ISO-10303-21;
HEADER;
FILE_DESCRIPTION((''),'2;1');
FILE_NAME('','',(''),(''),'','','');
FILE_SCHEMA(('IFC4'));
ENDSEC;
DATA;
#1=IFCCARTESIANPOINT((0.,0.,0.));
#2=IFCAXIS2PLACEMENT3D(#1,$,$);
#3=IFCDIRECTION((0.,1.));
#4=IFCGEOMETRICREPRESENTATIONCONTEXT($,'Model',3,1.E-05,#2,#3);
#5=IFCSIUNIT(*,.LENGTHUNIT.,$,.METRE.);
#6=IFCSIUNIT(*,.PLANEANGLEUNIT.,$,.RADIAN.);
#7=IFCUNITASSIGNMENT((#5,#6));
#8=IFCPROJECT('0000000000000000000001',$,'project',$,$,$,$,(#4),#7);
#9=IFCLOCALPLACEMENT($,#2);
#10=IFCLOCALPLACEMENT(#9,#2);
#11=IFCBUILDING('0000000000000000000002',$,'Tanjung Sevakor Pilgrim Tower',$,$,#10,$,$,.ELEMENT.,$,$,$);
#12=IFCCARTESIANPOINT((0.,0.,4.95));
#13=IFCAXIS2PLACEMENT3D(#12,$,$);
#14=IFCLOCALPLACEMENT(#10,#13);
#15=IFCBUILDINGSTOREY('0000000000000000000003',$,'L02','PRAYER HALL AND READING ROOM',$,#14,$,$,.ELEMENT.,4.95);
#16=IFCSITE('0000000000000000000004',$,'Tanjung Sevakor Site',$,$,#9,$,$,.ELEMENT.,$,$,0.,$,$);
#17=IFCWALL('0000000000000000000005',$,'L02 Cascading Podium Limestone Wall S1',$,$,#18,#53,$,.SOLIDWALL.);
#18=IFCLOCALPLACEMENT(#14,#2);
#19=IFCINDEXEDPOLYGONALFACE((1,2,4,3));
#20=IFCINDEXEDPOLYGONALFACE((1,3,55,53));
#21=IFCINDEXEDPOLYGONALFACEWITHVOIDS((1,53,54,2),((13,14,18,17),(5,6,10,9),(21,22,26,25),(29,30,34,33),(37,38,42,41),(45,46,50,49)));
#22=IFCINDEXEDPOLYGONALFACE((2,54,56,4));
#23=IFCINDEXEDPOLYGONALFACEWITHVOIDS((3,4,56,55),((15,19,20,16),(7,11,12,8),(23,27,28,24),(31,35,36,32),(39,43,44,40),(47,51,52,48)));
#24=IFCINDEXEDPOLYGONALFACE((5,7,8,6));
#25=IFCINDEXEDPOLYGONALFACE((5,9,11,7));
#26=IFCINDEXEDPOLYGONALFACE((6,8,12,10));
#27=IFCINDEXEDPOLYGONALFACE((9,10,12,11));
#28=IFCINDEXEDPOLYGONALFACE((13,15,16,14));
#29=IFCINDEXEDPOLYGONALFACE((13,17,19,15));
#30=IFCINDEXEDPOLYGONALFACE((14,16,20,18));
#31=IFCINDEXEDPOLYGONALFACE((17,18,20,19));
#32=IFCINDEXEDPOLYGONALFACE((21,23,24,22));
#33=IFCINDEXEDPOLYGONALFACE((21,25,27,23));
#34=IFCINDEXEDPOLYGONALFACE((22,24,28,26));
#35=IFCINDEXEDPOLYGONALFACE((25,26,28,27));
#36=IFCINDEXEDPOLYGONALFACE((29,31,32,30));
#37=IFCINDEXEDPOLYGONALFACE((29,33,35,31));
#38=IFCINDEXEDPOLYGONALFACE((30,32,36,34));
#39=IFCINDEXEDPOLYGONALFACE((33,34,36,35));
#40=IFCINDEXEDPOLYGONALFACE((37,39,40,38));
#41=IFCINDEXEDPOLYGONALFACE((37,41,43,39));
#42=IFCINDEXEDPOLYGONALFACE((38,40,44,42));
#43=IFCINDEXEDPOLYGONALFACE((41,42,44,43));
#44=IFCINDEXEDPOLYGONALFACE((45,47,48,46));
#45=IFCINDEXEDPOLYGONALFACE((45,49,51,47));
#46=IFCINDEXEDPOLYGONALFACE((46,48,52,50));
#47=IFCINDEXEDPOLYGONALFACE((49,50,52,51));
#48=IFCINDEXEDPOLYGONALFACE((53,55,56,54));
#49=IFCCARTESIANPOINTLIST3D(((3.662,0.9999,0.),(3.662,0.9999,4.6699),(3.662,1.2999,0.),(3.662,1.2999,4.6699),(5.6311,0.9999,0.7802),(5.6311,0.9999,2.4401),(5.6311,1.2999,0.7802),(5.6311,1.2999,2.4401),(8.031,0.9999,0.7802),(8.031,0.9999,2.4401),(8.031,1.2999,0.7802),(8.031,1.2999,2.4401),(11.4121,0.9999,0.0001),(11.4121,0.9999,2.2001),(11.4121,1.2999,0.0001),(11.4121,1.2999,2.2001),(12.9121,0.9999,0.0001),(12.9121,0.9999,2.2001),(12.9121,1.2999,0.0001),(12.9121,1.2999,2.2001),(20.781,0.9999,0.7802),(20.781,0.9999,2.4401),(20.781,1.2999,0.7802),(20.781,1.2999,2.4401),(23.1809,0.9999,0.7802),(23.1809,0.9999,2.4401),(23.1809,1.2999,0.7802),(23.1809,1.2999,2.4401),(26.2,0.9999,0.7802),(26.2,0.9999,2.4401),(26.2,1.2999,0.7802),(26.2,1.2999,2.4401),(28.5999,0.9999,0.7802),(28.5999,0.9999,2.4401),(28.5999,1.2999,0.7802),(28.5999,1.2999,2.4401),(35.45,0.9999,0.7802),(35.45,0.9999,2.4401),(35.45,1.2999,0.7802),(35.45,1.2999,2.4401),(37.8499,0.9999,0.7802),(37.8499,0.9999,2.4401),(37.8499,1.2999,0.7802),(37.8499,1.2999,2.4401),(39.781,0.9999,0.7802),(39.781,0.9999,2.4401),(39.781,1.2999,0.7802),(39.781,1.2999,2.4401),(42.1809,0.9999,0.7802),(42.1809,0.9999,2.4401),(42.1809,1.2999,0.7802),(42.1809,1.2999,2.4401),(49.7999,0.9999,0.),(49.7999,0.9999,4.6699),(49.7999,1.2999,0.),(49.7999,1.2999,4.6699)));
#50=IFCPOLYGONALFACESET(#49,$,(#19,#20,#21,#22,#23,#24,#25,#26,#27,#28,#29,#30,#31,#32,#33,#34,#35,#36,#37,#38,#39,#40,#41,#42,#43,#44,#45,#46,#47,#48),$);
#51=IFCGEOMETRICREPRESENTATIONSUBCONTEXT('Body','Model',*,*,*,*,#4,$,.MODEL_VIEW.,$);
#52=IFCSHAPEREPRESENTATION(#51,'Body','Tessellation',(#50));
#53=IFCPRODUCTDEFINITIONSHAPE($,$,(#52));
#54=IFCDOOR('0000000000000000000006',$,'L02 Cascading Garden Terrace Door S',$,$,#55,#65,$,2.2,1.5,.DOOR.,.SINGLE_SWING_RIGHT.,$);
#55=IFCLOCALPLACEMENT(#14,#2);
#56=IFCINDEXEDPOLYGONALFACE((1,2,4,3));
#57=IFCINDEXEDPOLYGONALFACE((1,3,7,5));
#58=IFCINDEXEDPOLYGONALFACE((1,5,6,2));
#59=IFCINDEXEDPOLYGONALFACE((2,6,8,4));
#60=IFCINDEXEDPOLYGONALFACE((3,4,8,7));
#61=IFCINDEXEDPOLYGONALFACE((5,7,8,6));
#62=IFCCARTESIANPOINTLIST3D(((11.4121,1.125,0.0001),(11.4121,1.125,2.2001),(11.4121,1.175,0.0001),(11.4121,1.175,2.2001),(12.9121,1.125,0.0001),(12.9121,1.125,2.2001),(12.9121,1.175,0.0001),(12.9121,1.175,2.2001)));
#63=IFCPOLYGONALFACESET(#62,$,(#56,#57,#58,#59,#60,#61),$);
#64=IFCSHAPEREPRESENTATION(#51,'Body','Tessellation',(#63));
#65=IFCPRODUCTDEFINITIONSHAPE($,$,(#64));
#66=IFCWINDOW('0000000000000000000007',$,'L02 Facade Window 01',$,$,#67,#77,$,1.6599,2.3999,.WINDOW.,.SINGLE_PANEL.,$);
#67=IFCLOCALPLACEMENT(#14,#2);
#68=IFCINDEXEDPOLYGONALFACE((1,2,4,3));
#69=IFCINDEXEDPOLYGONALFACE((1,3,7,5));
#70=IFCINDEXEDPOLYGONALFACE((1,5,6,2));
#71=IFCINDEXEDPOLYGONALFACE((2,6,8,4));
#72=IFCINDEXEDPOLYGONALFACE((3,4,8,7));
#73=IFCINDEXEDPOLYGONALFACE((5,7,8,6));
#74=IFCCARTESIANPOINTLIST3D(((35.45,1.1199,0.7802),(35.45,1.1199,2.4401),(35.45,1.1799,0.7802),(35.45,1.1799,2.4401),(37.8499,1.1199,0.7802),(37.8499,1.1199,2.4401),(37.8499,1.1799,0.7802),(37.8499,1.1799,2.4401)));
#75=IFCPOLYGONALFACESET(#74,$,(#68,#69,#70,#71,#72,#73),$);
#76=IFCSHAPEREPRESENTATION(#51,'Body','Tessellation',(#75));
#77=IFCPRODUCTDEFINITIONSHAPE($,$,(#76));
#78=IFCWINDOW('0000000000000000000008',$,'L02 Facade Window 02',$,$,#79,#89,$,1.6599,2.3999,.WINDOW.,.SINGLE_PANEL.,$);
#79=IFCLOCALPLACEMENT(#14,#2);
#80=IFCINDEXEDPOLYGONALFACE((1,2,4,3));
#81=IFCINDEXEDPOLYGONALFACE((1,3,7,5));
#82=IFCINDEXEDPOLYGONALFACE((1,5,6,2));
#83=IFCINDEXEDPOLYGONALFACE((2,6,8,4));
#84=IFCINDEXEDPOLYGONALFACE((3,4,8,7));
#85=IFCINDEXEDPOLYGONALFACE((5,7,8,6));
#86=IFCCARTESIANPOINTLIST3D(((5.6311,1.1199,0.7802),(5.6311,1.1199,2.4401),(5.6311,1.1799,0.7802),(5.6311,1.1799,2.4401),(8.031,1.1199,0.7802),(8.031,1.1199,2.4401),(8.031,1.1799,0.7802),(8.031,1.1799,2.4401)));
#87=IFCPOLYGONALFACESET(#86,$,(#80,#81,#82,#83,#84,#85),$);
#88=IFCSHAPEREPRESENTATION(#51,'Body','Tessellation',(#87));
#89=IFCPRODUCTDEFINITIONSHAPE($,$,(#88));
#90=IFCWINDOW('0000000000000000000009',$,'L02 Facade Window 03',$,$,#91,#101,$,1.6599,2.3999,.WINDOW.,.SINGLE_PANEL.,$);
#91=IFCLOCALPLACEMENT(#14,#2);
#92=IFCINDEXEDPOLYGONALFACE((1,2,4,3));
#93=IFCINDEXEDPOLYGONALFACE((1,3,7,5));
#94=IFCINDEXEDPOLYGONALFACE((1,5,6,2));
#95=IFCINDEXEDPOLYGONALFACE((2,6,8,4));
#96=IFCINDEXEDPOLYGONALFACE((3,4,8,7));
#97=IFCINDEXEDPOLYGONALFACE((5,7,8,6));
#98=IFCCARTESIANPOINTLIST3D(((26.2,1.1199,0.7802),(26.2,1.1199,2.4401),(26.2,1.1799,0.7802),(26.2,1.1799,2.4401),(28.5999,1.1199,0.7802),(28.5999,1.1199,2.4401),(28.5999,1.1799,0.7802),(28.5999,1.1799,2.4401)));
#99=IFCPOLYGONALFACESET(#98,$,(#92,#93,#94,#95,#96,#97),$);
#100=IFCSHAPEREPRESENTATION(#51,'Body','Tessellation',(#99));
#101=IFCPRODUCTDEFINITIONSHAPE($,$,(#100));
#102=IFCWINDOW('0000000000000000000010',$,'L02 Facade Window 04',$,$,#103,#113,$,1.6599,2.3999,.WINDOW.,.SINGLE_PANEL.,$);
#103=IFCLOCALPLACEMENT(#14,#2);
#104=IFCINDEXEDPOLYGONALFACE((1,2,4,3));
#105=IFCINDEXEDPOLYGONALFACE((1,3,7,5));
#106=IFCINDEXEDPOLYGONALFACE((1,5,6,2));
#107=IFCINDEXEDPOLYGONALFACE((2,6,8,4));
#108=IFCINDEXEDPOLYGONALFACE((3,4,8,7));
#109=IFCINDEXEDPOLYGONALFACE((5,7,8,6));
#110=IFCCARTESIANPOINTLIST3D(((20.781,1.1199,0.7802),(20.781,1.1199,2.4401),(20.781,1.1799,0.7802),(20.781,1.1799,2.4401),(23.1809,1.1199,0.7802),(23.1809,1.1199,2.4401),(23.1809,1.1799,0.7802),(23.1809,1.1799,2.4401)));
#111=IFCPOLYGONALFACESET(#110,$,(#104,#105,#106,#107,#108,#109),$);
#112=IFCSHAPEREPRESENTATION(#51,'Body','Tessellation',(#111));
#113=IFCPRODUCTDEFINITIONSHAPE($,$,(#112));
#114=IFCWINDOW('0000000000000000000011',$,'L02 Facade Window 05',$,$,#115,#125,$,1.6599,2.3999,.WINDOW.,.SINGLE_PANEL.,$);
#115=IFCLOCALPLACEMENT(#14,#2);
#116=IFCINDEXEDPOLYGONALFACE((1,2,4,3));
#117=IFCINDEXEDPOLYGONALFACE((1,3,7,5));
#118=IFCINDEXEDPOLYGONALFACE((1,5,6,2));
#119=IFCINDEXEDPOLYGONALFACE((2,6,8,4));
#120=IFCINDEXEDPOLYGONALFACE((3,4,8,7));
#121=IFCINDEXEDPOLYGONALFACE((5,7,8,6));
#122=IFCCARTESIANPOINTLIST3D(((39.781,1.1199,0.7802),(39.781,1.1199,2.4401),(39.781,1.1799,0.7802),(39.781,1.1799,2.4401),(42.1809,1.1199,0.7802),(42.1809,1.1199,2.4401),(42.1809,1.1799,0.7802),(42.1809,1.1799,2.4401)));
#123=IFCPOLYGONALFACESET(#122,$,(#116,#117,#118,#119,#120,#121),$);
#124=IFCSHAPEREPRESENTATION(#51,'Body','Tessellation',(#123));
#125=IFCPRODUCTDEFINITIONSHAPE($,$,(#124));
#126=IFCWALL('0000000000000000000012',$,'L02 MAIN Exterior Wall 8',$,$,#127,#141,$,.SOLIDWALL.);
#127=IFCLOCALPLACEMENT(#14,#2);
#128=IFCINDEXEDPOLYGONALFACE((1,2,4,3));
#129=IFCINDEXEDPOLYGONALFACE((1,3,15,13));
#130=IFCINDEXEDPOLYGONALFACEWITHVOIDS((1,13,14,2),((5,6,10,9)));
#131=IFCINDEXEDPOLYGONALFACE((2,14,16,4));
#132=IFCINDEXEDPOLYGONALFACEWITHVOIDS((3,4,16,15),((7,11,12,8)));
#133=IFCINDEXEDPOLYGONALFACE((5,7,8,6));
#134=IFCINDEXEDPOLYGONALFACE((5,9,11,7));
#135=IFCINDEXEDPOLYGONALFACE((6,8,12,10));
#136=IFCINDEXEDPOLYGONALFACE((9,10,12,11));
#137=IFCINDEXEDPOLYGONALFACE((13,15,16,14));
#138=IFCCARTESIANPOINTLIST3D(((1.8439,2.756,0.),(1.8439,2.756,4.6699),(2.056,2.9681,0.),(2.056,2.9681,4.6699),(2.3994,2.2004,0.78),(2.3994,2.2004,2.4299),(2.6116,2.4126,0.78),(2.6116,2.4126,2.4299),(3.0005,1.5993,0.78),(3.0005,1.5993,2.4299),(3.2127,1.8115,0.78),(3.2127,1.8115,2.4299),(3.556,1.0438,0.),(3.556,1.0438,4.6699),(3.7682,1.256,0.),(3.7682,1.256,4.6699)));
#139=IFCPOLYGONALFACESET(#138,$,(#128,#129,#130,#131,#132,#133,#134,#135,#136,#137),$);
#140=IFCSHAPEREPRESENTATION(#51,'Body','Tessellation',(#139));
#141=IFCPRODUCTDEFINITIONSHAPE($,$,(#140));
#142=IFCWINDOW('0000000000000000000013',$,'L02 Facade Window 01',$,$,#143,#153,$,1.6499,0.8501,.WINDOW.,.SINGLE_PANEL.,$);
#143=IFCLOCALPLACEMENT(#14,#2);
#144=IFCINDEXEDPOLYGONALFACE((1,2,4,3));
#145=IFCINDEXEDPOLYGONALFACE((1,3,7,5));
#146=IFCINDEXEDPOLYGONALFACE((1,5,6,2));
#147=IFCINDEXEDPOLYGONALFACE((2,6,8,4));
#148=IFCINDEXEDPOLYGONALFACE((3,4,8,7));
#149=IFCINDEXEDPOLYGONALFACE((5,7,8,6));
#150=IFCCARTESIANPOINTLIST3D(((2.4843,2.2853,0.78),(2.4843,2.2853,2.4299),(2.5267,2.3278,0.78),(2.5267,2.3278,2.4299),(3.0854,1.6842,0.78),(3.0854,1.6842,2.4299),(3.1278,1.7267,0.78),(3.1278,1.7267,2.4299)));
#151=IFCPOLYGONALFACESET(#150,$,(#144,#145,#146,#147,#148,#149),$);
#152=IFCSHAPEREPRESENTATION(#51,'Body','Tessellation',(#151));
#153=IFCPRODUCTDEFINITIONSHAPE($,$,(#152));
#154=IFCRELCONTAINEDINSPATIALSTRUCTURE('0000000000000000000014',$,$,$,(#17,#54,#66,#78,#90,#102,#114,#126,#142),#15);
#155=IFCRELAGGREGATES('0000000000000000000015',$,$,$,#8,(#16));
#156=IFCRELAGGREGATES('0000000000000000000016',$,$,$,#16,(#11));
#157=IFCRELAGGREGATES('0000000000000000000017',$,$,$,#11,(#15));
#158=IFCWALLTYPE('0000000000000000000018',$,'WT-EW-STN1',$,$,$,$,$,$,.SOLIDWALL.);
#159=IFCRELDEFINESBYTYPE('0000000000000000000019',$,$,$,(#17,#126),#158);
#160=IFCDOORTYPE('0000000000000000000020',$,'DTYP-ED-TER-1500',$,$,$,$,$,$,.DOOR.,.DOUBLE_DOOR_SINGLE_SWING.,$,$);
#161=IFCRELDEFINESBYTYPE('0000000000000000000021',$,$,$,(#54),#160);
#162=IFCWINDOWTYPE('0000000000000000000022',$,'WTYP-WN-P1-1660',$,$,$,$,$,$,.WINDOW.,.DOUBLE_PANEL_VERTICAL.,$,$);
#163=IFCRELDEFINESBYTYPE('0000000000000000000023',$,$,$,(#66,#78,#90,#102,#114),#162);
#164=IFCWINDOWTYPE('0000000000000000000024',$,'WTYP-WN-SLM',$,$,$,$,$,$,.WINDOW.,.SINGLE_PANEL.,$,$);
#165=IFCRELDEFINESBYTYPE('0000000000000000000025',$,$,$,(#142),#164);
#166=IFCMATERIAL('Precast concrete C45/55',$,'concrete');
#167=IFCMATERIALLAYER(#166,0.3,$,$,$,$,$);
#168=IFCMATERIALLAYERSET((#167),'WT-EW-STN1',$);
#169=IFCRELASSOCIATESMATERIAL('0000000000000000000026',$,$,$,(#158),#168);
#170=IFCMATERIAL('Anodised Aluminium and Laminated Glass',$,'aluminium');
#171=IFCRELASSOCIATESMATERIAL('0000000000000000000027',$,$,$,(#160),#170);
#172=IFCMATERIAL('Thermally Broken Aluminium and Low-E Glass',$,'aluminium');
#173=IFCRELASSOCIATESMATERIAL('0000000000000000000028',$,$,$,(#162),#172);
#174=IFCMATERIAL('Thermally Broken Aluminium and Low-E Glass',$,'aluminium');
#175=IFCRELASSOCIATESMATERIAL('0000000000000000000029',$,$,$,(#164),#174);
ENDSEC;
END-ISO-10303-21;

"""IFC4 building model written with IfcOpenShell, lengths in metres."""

from ifc_helpers import new_model, si_unit, direction, frame, frame_2d, origin, place, context, subcontext, project, spatial, rectangle, extrude, material, layer, layer_set, type_object, element, fill, save


model = new_model("IFC4")

# Units and contexts
model_context = context("Model", 3, precision=1e-05, world=origin(), true_north=direction((0.0, 1.0)))
body_context = subcontext(model_context, "Body", "Model", "MODEL_VIEW")
ifc_project = project(units=[si_unit("LENGTHUNIT", "METRE"), si_unit("PLANEANGLEUNIT", "RADIAN")], contexts=[model_context])

# Site, building, storey
site_placement = place(None, origin())
site = spatial("IfcSite", under=ifc_project, at=site_placement, Name="Tanjung Sevakor Site", CompositionType="ELEMENT", RefElevation=0.0)
building_placement = place(site_placement, origin())
building = spatial("IfcBuilding", under=site, at=building_placement, Name="Tanjung Sevakor Pilgrim Tower", CompositionType="ELEMENT")
storey_placement = place(building_placement, frame((0.0, 0.0, 4.95)))
storey = spatial("IfcBuildingStorey", under=building, at=storey_placement, Name="L02", Description="PRAYER HALL AND READING ROOM", CompositionType="ELEMENT", Elevation=4.95)

# Wall, openings, door, windows
ifc_material_1 = material(Name="Precast concrete C45/55", Category="concrete")
ifc_layer_1 = layer(ifc_material_1, 0.3)
ifc_layer_set_1 = layer_set([ifc_layer_1], Name="WT-EW-STN1")
wall_type_1 = type_object("IfcWallType", Name="WT-EW-STN1", PredefinedType="SOLIDWALL", material=ifc_layer_set_1)
wall_1_placement = place(storey_placement, frame((3.6621, 1.1499, 0.0), z_axis=(0.0, 0.0, 1.0), x_axis=(1.0, 0.0, 0.0)))
wall_1 = element("IfcWall", 1, at=wall_1_placement, inside=storey, type_object=wall_type_1, Name="L02 Cascading Podium Limestone Wall S1", PredefinedType="SOLIDWALL", context=body_context, shape_type="SweptSolid", body=[
    extrude(rectangle(XDim=46.1379, YDim=0.3, at=frame_2d((23.0688, 0.0))), origin(), (0.0, 0.0, 1.0), 4.6699),
])
opening_1_placement = place(wall_1_placement, frame((7.75, 0.0, 0.0)))
opening_1 = element("IfcOpeningElement", 2, at=opening_1_placement, cuts=wall_1, PredefinedType="OPENING", context=body_context, shape_type="SweptSolid", body=[
    extrude(rectangle(XDim=1.5, YDim=2.2, at=frame_2d((0.75, 1.1001))), frame((0.0, 0.1599, 0.0), z_axis=(0.0, -1.0, 0.0), x_axis=(1.0, 0.0, 0.0)), (0.0, 0.0, 1.0), 0.3201),
])
opening_2_placement = place(wall_1_placement, frame((31.7878, 0.0, 0.78)))
opening_2 = element("IfcOpeningElement", 3, at=opening_2_placement, cuts=wall_1, PredefinedType="OPENING", context=body_context, shape_type="SweptSolid", body=[
    extrude(rectangle(XDim=2.3999, YDim=1.6599, at=frame_2d((1.2, 0.8301))), frame((0.0, 0.1599, 0.0), z_axis=(0.0, -1.0, 0.0), x_axis=(1.0, 0.0, 0.0)), (0.0, 0.0, 1.0), 0.3201),
])
opening_3_placement = place(wall_1_placement, frame((1.969, 0.0, 0.78)))
opening_3 = element("IfcOpeningElement", 4, at=opening_3_placement, cuts=wall_1, PredefinedType="OPENING", context=body_context, shape_type="SweptSolid", body=[
    extrude(rectangle(XDim=2.3999, YDim=1.6599, at=frame_2d((1.2, 0.8301))), frame((0.0, 0.1599, 0.0), z_axis=(0.0, -1.0, 0.0), x_axis=(1.0, 0.0, 0.0)), (0.0, 0.0, 1.0), 0.3201),
])
opening_4_placement = place(wall_1_placement, frame((22.5378, 0.0, 0.78)))
opening_4 = element("IfcOpeningElement", 5, at=opening_4_placement, cuts=wall_1, PredefinedType="OPENING", context=body_context, shape_type="SweptSolid", body=[
    extrude(rectangle(XDim=2.3999, YDim=1.6599, at=frame_2d((1.2, 0.8301))), frame((0.0, 0.1599, 0.0), z_axis=(0.0, -1.0, 0.0), x_axis=(1.0, 0.0, 0.0)), (0.0, 0.0, 1.0), 0.3201),
])
opening_5_placement = place(wall_1_placement, frame((17.1189, 0.0, 0.78)))
opening_5 = element("IfcOpeningElement", 6, at=opening_5_placement, cuts=wall_1, PredefinedType="OPENING", context=body_context, shape_type="SweptSolid", body=[
    extrude(rectangle(XDim=2.3999, YDim=1.6599, at=frame_2d((1.2, 0.8301))), frame((0.0, 0.1599, 0.0), z_axis=(0.0, -1.0, 0.0), x_axis=(1.0, 0.0, 0.0)), (0.0, 0.0, 1.0), 0.3201),
])
opening_6_placement = place(wall_1_placement, frame((36.1189, 0.0, 0.78)))
opening_6 = element("IfcOpeningElement", 7, at=opening_6_placement, cuts=wall_1, PredefinedType="OPENING", context=body_context, shape_type="SweptSolid", body=[
    extrude(rectangle(XDim=2.3999, YDim=1.6599, at=frame_2d((1.2, 0.8301))), frame((0.0, 0.1599, 0.0), z_axis=(0.0, -1.0, 0.0), x_axis=(1.0, 0.0, 0.0)), (0.0, 0.0, 1.0), 0.3201),
])
ifc_material_2 = material(Name="Anodised Aluminium and Laminated Glass", Category="aluminium")
door_type_1 = type_object("IfcDoorType", Name="DTYP-ED-TER-1500", OperationType="DOUBLE_DOOR_SINGLE_SWING", PredefinedType="DOOR", material=ifc_material_2)
door_1_placement = place(opening_1_placement, frame((1.5, 0.0, 0.0), z_axis=(0.0, 0.0, 1.0), x_axis=(-1.0, 0.0, 0.0)))
door_1 = element("IfcDoor", 8, at=door_1_placement, inside=storey, type_object=door_type_1, Name="L02 Cascading Garden Terrace Door S", OperationType="SINGLE_SWING_RIGHT", OverallHeight=2.2, OverallWidth=1.5, PredefinedType="DOOR", context=body_context, shape_type="SweptSolid", body=[
    extrude(rectangle(XDim=1.5, YDim=2.2, at=frame_2d((0.75, 1.1001))), frame((0.0, 0.0249, 0.0), z_axis=(0.0, -1.0, 0.0), x_axis=(1.0, 0.0, 0.0)), (0.0, 0.0, 1.0), 0.05),
])
fill(opening_1, door_1)
ifc_material_3 = material(Name="Thermally Broken Aluminium and Low-E Glass", Category="aluminium")
window_type_1 = type_object("IfcWindowType", Name="WTYP-WN-P1-1660", PartitioningType="DOUBLE_PANEL_VERTICAL", PredefinedType="WINDOW", material=ifc_material_3)
window_1_placement = place(opening_2_placement, origin())
window_1 = element("IfcWindow", 9, at=window_1_placement, inside=storey, type_object=window_type_1, Name="L02 Facade Window 01", OverallHeight=1.6599, OverallWidth=2.3999, PartitioningType="SINGLE_PANEL", PredefinedType="WINDOW", context=body_context, shape_type="SweptSolid", body=[
    extrude(rectangle(XDim=2.3999, YDim=1.6599, at=frame_2d((1.2, 0.8301))), frame((0.0, 0.03, 0.0), z_axis=(0.0, -1.0, 0.0), x_axis=(1.0, 0.0, 0.0)), (0.0, 0.0, 1.0), 0.0601),
])
fill(opening_2, window_1)
window_2_placement = place(opening_3_placement, origin())
window_2 = element("IfcWindow", 10, at=window_2_placement, inside=storey, type_object=window_type_1, Name="L02 Facade Window 02", OverallHeight=1.6599, OverallWidth=2.3999, PartitioningType="SINGLE_PANEL", PredefinedType="WINDOW", context=body_context, shape_type="SweptSolid", body=[
    extrude(rectangle(XDim=2.3999, YDim=1.6599, at=frame_2d((1.2, 0.8301))), frame((0.0, 0.03, 0.0), z_axis=(0.0, -1.0, 0.0), x_axis=(1.0, 0.0, 0.0)), (0.0, 0.0, 1.0), 0.0601),
])
fill(opening_3, window_2)
window_3_placement = place(opening_4_placement, origin())
window_3 = element("IfcWindow", 11, at=window_3_placement, inside=storey, type_object=window_type_1, Name="L02 Facade Window 03", OverallHeight=1.6599, OverallWidth=2.3999, PartitioningType="SINGLE_PANEL", PredefinedType="WINDOW", context=body_context, shape_type="SweptSolid", body=[
    extrude(rectangle(XDim=2.3999, YDim=1.6599, at=frame_2d((1.2, 0.8301))), frame((0.0, 0.03, 0.0), z_axis=(0.0, -1.0, 0.0), x_axis=(1.0, 0.0, 0.0)), (0.0, 0.0, 1.0), 0.0601),
])
fill(opening_4, window_3)
window_4_placement = place(opening_5_placement, origin())
window_4 = element("IfcWindow", 12, at=window_4_placement, inside=storey, type_object=window_type_1, Name="L02 Facade Window 04", OverallHeight=1.6599, OverallWidth=2.3999, PartitioningType="SINGLE_PANEL", PredefinedType="WINDOW", context=body_context, shape_type="SweptSolid", body=[
    extrude(rectangle(XDim=2.3999, YDim=1.6599, at=frame_2d((1.2, 0.8301))), frame((0.0, 0.03, 0.0), z_axis=(0.0, -1.0, 0.0), x_axis=(1.0, 0.0, 0.0)), (0.0, 0.0, 1.0), 0.0601),
])
fill(opening_5, window_4)
window_5_placement = place(opening_6_placement, origin())
window_5 = element("IfcWindow", 13, at=window_5_placement, inside=storey, type_object=window_type_1, Name="L02 Facade Window 05", OverallHeight=1.6599, OverallWidth=2.3999, PartitioningType="SINGLE_PANEL", PredefinedType="WINDOW", context=body_context, shape_type="SweptSolid", body=[
    extrude(rectangle(XDim=2.3999, YDim=1.6599, at=frame_2d((1.2, 0.8301))), frame((0.0, 0.03, 0.0), z_axis=(0.0, -1.0, 0.0), x_axis=(1.0, 0.0, 0.0)), (0.0, 0.0, 1.0), 0.0601),
])
fill(opening_6, window_5)

# Wall, opening, window
wall_2_placement = place(storey_placement, frame((1.95, 2.8621, 0.0), z_axis=(0.0, 0.0, 1.0), x_axis=(0.707107, -0.707107, 0.0)))
wall_2 = element("IfcWall", 14, at=wall_2_placement, inside=storey, type_object=wall_type_1, Name="L02 MAIN Exterior Wall 8", PredefinedType="SOLIDWALL", context=body_context, shape_type="SweptSolid", body=[
    extrude(rectangle(XDim=2.4214, YDim=0.3, at=frame_2d((1.2107, 0.0))), origin(), (0.0, 0.0, 1.0), 4.6699),
])
opening_7_placement = place(wall_2_placement, frame((0.7856, 0.0, 0.78)))
opening_7 = element("IfcOpeningElement", 15, at=opening_7_placement, cuts=wall_2, PredefinedType="OPENING", context=body_context, shape_type="SweptSolid", body=[
    extrude(rectangle(XDim=0.8501, YDim=1.6499, at=frame_2d((0.425, 0.825))), frame((0.0, 0.1599, 0.0), z_axis=(0.0, -1.0, 0.0), x_axis=(1.0, 0.0, 0.0)), (0.0, 0.0, 1.0), 0.3201),
])
ifc_material_4 = material(Name="Thermally Broken Aluminium and Low-E Glass", Category="aluminium")
window_type_2 = type_object("IfcWindowType", Name="WTYP-WN-SLM", PartitioningType="SINGLE_PANEL", PredefinedType="WINDOW", material=ifc_material_4)
window_6_placement = place(opening_7_placement, origin())
window_6 = element("IfcWindow", 16, at=window_6_placement, inside=storey, type_object=window_type_2, Name="L02 Facade Window 01", OverallHeight=1.6499, OverallWidth=0.8501, PartitioningType="SINGLE_PANEL", PredefinedType="WINDOW", context=body_context, shape_type="SweptSolid", body=[
    extrude(rectangle(XDim=0.8501, YDim=1.6499, at=frame_2d((0.425, 0.825))), frame((0.0, 0.03, 0.0), z_axis=(0.0, -1.0, 0.0), x_axis=(1.0, 0.0, 0.0)), (0.0, 0.0, 1.0), 0.0601),
])
fill(opening_7, window_6)

save(model, "model.ifc")
